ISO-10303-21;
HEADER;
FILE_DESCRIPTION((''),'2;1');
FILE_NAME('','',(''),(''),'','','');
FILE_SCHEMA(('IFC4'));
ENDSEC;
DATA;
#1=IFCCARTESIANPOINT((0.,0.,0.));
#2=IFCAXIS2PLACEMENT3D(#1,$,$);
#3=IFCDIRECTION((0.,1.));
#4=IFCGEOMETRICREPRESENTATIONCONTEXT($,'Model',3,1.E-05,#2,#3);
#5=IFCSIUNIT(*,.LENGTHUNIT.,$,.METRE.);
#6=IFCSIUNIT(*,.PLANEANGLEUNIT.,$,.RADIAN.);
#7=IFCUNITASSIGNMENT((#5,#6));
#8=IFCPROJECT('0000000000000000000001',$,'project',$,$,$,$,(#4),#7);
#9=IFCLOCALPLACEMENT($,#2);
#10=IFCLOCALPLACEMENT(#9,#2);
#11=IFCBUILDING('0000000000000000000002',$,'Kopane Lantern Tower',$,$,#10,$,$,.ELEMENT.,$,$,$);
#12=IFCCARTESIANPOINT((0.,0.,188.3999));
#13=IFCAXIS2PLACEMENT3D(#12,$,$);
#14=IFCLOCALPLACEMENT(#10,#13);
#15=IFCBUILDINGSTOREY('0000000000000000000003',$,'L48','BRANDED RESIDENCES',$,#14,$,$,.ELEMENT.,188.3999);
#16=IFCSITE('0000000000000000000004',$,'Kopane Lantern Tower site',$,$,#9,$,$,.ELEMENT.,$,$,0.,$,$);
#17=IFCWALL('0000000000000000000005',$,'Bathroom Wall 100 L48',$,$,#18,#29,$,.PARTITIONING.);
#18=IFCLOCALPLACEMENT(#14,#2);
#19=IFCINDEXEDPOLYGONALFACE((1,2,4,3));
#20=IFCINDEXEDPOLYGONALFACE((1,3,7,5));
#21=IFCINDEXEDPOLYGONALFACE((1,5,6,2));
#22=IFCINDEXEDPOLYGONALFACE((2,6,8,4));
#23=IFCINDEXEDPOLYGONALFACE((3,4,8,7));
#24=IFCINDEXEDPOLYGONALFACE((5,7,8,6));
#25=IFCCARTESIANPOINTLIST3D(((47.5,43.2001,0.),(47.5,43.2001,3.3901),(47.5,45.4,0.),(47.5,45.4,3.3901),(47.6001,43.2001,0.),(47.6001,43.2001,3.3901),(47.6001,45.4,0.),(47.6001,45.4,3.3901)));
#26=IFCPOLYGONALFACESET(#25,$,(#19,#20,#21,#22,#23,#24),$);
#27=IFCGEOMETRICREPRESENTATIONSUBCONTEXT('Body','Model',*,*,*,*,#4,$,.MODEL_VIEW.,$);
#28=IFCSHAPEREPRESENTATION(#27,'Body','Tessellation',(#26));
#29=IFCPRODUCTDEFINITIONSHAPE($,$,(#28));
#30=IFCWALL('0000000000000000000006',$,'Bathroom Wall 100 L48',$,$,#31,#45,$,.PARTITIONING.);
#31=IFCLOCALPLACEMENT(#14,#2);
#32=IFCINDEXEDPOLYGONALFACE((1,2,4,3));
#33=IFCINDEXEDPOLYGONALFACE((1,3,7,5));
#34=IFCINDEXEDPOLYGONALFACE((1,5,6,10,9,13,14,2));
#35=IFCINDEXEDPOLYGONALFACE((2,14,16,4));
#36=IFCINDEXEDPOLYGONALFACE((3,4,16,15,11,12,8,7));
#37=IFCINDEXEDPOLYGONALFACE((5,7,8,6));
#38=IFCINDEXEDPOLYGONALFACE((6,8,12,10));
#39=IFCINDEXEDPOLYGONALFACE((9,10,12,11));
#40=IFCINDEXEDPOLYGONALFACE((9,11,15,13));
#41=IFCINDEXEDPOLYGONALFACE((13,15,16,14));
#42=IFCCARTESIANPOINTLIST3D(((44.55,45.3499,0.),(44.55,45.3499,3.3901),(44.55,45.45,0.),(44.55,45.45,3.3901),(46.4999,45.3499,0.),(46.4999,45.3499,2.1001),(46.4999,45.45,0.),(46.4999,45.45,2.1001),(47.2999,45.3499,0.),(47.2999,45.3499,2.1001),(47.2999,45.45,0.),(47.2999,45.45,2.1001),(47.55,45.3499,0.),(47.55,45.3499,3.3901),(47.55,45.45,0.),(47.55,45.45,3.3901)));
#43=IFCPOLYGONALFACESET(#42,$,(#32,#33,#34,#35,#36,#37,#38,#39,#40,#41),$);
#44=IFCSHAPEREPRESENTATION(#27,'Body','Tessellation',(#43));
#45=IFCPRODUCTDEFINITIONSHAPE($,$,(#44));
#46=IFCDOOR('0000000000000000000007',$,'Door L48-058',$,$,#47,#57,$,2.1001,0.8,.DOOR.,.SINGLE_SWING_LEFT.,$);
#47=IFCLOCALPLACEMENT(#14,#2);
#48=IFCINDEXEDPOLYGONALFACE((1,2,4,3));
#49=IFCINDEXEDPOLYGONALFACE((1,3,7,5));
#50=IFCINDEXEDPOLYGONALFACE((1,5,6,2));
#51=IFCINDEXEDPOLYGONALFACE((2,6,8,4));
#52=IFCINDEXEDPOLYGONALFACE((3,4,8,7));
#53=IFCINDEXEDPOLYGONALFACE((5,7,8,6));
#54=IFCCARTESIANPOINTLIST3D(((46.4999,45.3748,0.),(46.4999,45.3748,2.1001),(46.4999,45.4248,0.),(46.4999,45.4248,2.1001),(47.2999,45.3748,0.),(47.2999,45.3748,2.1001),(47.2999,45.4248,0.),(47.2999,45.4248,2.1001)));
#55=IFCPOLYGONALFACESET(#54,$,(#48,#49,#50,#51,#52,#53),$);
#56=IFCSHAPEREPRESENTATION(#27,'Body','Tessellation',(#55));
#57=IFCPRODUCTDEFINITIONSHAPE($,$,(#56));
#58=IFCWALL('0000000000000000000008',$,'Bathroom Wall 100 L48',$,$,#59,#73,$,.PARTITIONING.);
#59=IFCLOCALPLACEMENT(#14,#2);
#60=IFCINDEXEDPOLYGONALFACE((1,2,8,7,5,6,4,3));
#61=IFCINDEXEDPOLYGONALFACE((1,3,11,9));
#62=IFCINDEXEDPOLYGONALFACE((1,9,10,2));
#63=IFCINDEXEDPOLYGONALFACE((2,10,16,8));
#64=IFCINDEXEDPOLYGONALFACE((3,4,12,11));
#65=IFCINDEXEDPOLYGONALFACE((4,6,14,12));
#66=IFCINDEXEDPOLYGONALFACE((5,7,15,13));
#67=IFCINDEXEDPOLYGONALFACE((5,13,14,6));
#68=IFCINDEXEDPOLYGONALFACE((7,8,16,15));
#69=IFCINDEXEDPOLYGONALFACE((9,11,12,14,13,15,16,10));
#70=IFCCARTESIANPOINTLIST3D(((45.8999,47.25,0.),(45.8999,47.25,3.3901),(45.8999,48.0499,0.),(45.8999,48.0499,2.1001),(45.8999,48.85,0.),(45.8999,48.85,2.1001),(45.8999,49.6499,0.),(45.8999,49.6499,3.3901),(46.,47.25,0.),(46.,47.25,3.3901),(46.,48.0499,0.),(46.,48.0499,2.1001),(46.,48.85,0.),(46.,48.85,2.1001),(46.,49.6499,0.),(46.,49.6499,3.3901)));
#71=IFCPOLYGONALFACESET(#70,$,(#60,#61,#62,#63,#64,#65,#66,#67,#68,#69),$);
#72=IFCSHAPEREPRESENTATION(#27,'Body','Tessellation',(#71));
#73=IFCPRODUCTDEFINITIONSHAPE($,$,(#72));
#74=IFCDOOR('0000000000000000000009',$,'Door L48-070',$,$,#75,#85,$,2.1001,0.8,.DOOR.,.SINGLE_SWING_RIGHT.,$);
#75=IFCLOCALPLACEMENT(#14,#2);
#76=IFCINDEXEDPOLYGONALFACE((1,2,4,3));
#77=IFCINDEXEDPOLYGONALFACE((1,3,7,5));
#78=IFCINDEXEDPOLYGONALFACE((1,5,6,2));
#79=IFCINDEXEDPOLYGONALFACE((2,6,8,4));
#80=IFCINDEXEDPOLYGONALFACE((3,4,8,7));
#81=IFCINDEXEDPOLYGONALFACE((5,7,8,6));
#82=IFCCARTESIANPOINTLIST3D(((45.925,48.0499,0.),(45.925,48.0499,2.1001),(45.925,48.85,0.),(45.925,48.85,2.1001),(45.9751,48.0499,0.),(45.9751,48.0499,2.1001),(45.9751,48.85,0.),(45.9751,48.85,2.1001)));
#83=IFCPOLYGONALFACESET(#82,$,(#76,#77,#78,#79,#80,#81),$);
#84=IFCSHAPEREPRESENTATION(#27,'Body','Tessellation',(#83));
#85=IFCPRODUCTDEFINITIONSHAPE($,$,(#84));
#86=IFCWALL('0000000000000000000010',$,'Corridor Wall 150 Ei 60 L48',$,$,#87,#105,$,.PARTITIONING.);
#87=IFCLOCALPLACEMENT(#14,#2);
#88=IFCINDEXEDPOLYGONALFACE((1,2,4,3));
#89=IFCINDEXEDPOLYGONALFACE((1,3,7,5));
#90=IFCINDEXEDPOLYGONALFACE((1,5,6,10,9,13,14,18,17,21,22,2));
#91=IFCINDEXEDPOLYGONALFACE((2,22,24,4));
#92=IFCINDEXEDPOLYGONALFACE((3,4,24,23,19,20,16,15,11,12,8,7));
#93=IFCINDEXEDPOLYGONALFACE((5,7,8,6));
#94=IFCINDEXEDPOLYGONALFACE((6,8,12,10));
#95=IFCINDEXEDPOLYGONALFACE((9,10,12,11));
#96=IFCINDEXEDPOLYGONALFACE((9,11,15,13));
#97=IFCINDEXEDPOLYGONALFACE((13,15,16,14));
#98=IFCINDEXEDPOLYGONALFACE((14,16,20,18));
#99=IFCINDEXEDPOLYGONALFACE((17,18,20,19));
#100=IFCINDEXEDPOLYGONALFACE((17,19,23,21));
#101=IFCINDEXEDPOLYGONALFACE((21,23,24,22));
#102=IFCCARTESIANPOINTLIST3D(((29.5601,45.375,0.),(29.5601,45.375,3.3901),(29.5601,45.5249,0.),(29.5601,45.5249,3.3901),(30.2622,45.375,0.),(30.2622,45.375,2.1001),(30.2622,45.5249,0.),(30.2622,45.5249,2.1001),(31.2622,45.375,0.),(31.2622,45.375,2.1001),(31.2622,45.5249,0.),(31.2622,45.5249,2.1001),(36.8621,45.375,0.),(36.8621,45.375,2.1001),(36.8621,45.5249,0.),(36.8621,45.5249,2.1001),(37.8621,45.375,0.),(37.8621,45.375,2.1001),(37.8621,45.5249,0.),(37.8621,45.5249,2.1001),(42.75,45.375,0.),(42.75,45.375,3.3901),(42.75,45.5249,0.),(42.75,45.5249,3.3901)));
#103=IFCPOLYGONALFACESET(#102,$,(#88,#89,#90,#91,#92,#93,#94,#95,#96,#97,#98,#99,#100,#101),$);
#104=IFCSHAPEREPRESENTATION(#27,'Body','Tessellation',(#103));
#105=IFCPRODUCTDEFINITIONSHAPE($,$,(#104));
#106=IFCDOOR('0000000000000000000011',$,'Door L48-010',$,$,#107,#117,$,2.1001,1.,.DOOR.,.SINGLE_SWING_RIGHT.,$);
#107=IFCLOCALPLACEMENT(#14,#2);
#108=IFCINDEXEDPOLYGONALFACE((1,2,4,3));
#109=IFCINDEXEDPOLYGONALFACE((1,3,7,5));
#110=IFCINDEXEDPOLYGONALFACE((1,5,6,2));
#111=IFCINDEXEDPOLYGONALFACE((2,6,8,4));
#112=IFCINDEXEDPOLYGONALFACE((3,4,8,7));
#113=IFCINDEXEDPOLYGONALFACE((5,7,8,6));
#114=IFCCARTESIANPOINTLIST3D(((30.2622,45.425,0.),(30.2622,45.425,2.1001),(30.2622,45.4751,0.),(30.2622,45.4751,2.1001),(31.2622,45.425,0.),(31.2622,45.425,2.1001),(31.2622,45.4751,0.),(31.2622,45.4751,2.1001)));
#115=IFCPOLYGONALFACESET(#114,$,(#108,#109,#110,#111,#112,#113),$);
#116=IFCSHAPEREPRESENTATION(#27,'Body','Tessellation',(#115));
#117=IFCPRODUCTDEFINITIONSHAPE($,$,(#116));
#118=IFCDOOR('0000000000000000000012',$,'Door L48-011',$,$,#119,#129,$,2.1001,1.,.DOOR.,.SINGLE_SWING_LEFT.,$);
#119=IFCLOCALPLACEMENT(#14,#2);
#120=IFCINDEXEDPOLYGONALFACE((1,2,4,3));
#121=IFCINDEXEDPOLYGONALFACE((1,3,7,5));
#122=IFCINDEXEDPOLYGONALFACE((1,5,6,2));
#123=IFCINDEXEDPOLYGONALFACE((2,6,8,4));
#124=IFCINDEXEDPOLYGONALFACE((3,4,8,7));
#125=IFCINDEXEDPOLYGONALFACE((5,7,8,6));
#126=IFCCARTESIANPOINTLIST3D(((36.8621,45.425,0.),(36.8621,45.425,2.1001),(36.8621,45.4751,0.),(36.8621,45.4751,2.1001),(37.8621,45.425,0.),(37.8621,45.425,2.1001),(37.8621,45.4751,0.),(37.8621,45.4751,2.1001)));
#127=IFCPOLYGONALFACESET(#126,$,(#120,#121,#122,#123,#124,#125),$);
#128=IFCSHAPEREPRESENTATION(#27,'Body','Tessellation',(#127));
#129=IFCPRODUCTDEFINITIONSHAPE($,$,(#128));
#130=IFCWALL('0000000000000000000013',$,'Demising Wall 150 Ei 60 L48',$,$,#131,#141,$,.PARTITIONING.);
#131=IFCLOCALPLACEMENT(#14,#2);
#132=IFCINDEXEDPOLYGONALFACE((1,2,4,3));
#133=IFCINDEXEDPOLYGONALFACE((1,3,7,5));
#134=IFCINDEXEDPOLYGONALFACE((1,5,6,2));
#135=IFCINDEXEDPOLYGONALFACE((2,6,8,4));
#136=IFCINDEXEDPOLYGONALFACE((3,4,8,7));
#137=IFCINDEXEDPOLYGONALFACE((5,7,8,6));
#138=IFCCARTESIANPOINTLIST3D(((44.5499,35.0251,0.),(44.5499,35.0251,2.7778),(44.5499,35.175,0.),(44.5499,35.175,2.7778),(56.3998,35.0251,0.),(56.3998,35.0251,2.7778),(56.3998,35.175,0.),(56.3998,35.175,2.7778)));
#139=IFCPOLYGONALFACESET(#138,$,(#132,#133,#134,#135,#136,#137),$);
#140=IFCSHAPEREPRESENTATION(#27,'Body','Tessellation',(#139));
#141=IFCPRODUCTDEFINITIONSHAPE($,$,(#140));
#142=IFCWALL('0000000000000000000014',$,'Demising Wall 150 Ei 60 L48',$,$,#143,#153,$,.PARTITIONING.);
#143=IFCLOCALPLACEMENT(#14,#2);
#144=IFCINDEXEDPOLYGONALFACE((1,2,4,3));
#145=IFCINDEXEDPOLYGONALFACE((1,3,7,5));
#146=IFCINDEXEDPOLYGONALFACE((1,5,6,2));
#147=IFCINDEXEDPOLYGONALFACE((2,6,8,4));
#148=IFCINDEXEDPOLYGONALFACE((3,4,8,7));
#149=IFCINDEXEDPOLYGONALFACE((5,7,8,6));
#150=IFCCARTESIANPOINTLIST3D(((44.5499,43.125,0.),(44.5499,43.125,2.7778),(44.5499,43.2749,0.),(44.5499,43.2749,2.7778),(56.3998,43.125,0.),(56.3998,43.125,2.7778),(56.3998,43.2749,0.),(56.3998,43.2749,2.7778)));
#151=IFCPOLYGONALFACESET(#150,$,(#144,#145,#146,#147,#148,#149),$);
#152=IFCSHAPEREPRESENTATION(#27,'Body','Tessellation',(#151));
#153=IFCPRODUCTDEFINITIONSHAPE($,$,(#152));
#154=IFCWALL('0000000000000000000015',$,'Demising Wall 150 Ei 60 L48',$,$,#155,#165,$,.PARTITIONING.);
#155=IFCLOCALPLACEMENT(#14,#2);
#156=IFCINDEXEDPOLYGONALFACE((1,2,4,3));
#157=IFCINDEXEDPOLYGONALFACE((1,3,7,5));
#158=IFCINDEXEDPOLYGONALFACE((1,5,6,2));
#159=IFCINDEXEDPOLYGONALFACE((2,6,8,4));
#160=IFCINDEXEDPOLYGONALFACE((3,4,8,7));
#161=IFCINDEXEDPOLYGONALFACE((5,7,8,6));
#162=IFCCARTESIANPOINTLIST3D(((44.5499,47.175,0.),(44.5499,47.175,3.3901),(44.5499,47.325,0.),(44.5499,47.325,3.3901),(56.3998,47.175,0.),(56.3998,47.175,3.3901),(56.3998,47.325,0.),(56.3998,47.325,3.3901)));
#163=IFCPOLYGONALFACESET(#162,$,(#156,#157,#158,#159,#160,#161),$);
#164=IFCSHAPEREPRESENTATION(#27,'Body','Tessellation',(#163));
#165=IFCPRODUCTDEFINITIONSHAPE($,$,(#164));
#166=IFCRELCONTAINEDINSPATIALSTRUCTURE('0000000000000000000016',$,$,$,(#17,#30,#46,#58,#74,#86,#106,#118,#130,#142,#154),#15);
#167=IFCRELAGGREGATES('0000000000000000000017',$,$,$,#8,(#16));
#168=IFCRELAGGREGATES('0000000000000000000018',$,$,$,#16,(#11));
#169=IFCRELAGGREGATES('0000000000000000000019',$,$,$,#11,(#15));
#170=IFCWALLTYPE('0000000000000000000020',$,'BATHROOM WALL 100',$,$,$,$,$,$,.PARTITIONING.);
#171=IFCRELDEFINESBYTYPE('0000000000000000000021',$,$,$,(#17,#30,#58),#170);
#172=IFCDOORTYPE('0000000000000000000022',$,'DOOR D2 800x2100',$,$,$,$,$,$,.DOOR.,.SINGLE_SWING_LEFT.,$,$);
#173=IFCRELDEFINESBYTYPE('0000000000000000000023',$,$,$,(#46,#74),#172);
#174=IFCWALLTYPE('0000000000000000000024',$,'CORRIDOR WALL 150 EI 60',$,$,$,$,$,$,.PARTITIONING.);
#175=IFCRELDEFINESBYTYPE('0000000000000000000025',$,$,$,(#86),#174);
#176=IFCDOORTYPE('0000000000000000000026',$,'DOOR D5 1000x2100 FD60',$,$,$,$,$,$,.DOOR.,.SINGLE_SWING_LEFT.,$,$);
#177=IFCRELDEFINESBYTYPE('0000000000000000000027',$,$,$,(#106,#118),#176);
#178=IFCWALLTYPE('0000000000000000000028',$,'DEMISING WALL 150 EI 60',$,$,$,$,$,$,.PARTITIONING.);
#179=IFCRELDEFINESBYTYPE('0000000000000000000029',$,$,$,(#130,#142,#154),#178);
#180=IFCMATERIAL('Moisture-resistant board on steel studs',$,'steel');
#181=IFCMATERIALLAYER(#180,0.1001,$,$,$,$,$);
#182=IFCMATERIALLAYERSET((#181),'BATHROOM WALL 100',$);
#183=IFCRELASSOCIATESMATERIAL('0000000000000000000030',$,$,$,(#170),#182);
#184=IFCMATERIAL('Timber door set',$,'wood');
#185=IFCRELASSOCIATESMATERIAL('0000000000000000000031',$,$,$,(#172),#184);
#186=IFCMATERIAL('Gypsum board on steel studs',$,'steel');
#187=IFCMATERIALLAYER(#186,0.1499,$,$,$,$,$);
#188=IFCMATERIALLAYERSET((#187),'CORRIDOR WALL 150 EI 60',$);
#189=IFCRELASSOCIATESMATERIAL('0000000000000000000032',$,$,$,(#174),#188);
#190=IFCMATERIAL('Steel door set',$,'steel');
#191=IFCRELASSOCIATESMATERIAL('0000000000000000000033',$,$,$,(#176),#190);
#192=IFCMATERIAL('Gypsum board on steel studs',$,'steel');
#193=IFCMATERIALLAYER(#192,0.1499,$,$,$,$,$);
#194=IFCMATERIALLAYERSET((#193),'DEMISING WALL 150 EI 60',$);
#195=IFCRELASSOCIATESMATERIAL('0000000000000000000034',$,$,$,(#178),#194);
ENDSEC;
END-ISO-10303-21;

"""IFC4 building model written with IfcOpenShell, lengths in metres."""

from ifc_helpers import new_model, si_unit, direction, frame, frame_2d, origin, place, context, subcontext, project, spatial, rectangle, extrude, material, layer, layer_set, type_object, element, fill, save


model = new_model("IFC4")

# Units and contexts
model_context = context("Model", 3, precision=1e-05, world=origin(), true_north=direction((0.0, 1.0)))
body_context = subcontext(model_context, "Body", "Model", "MODEL_VIEW")
ifc_project = project(units=[si_unit("LENGTHUNIT", "METRE"), si_unit("PLANEANGLEUNIT", "RADIAN")], contexts=[model_context])

# Site, building, storey
site_placement = place(None, origin())
site = spatial("IfcSite", under=ifc_project, at=site_placement, Name="Kopane Lantern Tower site", CompositionType="ELEMENT", RefElevation=0.0)
building_placement = place(site_placement, origin())
building = spatial("IfcBuilding", under=site, at=building_placement, Name="Kopane Lantern Tower", CompositionType="ELEMENT")
storey_placement = place(building_placement, frame((0.0, 0.0, 188.3999)))
storey = spatial("IfcBuildingStorey", under=building, at=storey_placement, Name="L48", Description="BRANDED RESIDENCES", CompositionType="ELEMENT", Elevation=188.3999)

# Shared definitions
ifc_material_1 = material(Name="Moisture-resistant board on steel studs", Category="steel")
ifc_layer_1 = layer(ifc_material_1, 0.1001)
ifc_layer_set_1 = layer_set([ifc_layer_1], Name="BATHROOM WALL 100")
wall_type_1 = type_object("IfcWallType", Name="BATHROOM WALL 100", PredefinedType="PARTITIONING", material=ifc_layer_set_1)
ifc_material_2 = material(Name="Timber door set", Category="wood")
door_type_1 = type_object("IfcDoorType", Name="DOOR D2 800x2100", OperationType="SINGLE_SWING_LEFT", PredefinedType="DOOR", material=ifc_material_2)

# Wall
wall_1_placement = place(storey_placement, frame((47.55, 43.2, 0.0), z_axis=(0.0, 0.0, 1.0), x_axis=(0.0, 1.0, 0.0)))
element("IfcWall", 1, at=wall_1_placement, inside=storey, type_object=wall_type_1, Name="Bathroom Wall 100 L48", PredefinedType="PARTITIONING", context=body_context, shape_type="SweptSolid", body=[
    extrude(rectangle(XDim=2.2, YDim=0.1001, at=frame_2d((1.1001, 0.0))), origin(), (0.0, 0.0, 1.0), 3.3901),
])

# Walls, openings, doors
wall_2_placement = place(storey_placement, frame((44.55, 45.3999, 0.0), z_axis=(0.0, 0.0, 1.0), x_axis=(1.0, 0.0, 0.0)))
wall_2 = element("IfcWall", 2, at=wall_2_placement, inside=storey, type_object=wall_type_1, Name="Bathroom Wall 100 L48", PredefinedType="PARTITIONING", context=body_context, shape_type="SweptSolid", body=[
    extrude(rectangle(XDim=3.0, YDim=0.1001, at=frame_2d((1.5, 0.0))), origin(), (0.0, 0.0, 1.0), 3.3901),
])
opening_1_placement = place(wall_2_placement, frame((1.95, 0.0, 0.0)))
opening_1 = element("IfcOpeningElement", 3, at=opening_1_placement, cuts=wall_2, PredefinedType="OPENING", context=body_context, shape_type="SweptSolid", body=[
    extrude(rectangle(XDim=0.8, YDim=2.1001, at=frame_2d((0.3999, 1.05))), frame((0.0, 0.0601, 0.0), z_axis=(0.0, -1.0, 0.0), x_axis=(1.0, 0.0, 0.0)), (0.0, 0.0, 1.0), 0.1201),
])
door_1_placement = place(opening_1_placement, origin())
door_1 = element("IfcDoor", 4, at=door_1_placement, inside=storey, type_object=door_type_1, Name="Door L48-058", OperationType="SINGLE_SWING_LEFT", OverallHeight=2.1001, OverallWidth=0.8, PredefinedType="DOOR", context=body_context, shape_type="SweptSolid", body=[
    extrude(rectangle(XDim=0.8, YDim=2.1001, at=frame_2d((0.3999, 1.05))), frame((0.0, 0.0249, 0.0), z_axis=(0.0, -1.0, 0.0), x_axis=(1.0, 0.0, 0.0)), (0.0, 0.0, 1.0), 0.05),
])
fill(opening_1, door_1)
wall_3_placement = place(storey_placement, frame((45.95, 47.25, 0.0), z_axis=(0.0, 0.0, 1.0), x_axis=(0.0, 1.0, 0.0)))
wall_3 = element("IfcWall", 5, at=wall_3_placement, inside=storey, type_object=wall_type_1, Name="Bathroom Wall 100 L48", PredefinedType="PARTITIONING", context=body_context, shape_type="SweptSolid", body=[
    extrude(rectangle(XDim=2.3999, YDim=0.1001, at=frame_2d((1.2, 0.0))), origin(), (0.0, 0.0, 1.0), 3.3901),
])
opening_2_placement = place(wall_3_placement, frame((0.8, 0.0, 0.0)))
opening_2 = element("IfcOpeningElement", 6, at=opening_2_placement, cuts=wall_3, PredefinedType="OPENING", context=body_context, shape_type="SweptSolid", body=[
    extrude(rectangle(XDim=0.8, YDim=2.1001, at=frame_2d((0.3999, 1.05))), frame((0.0, 0.0601, 0.0), z_axis=(0.0, -1.0, 0.0), x_axis=(1.0, 0.0, 0.0)), (0.0, 0.0, 1.0), 0.1201),
])
door_2_placement = place(opening_2_placement, origin())
door_2 = element("IfcDoor", 7, at=door_2_placement, inside=storey, type_object=door_type_1, Name="Door L48-070", OperationType="SINGLE_SWING_RIGHT", OverallHeight=2.1001, OverallWidth=0.8, PredefinedType="DOOR", context=body_context, shape_type="SweptSolid", body=[
    extrude(rectangle(XDim=0.8, YDim=2.1001, at=frame_2d((0.3999, 1.05))), frame((0.0, 0.0249, 0.0), z_axis=(0.0, -1.0, 0.0), x_axis=(1.0, 0.0, 0.0)), (0.0, 0.0, 1.0), 0.05),
])
fill(opening_2, door_2)

# Wall, openings, doors
ifc_material_3 = material(Name="Gypsum board on steel studs", Category="steel")
ifc_layer_2 = layer(ifc_material_3, 0.1499)
ifc_layer_set_2 = layer_set([ifc_layer_2], Name="CORRIDOR WALL 150 EI 60")
wall_type_2 = type_object("IfcWallType", Name="CORRIDOR WALL 150 EI 60", PredefinedType="PARTITIONING", material=ifc_layer_set_2)
wall_4_placement = place(storey_placement, frame((42.75, 45.45, 0.0), z_axis=(0.0, 0.0, 1.0), x_axis=(-1.0, 0.0, 0.0)))
wall_4 = element("IfcWall", 8, at=wall_4_placement, inside=storey, type_object=wall_type_2, Name="Corridor Wall 150 Ei 60 L48", PredefinedType="PARTITIONING", context=body_context, shape_type="SweptSolid", body=[
    extrude(rectangle(XDim=13.1899, YDim=0.1499, at=frame_2d((6.595, 0.0))), origin(), (0.0, 0.0, 1.0), 3.3901),
])
opening_3_placement = place(wall_4_placement, frame((11.4878, 0.0, 0.0)))
opening_3 = element("IfcOpeningElement", 9, at=opening_3_placement, cuts=wall_4, PredefinedType="OPENING", context=body_context, shape_type="SweptSolid", body=[
    extrude(rectangle(XDim=1.0, YDim=2.1001, at=frame_2d((0.5, 1.05))), frame((0.0, 0.085, 0.0), z_axis=(0.0, -1.0, 0.0), x_axis=(1.0, 0.0, 0.0)), (0.0, 0.0, 1.0), 0.1699),
])
opening_4_placement = place(wall_4_placement, frame((4.8879, 0.0, 0.0)))
opening_4 = element("IfcOpeningElement", 10, at=opening_4_placement, cuts=wall_4, PredefinedType="OPENING", context=body_context, shape_type="SweptSolid", body=[
    extrude(rectangle(XDim=1.0, YDim=2.1001, at=frame_2d((0.5, 1.05))), frame((0.0, 0.085, 0.0), z_axis=(0.0, -1.0, 0.0), x_axis=(1.0, 0.0, 0.0)), (0.0, 0.0, 1.0), 0.1699),
])
ifc_material_4 = material(Name="Steel door set", Category="steel")
door_type_2 = type_object("IfcDoorType", Name="DOOR D5 1000x2100 FD60", OperationType="SINGLE_SWING_LEFT", PredefinedType="DOOR", material=ifc_material_4)
door_3_placement = place(opening_3_placement, origin())
door_3 = element("IfcDoor", 11, at=door_3_placement, inside=storey, type_object=door_type_2, Name="Door L48-010", OperationType="SINGLE_SWING_RIGHT", OverallHeight=2.1001, OverallWidth=1.0, PredefinedType="DOOR", context=body_context, shape_type="SweptSolid", body=[
    extrude(rectangle(XDim=1.0, YDim=2.1001, at=frame_2d((0.5, 1.05))), frame((0.0, 0.0249, 0.0), z_axis=(0.0, -1.0, 0.0), x_axis=(1.0, 0.0, 0.0)), (0.0, 0.0, 1.0), 0.05),
])
fill(opening_3, door_3)
door_4_placement = place(opening_4_placement, origin())
door_4 = element("IfcDoor", 12, at=door_4_placement, inside=storey, type_object=door_type_2, Name="Door L48-011", OperationType="SINGLE_SWING_LEFT", OverallHeight=2.1001, OverallWidth=1.0, PredefinedType="DOOR", context=body_context, shape_type="SweptSolid", body=[
    extrude(rectangle(XDim=1.0, YDim=2.1001, at=frame_2d((0.5, 1.05))), frame((0.0, 0.0249, 0.0), z_axis=(0.0, -1.0, 0.0), x_axis=(1.0, 0.0, 0.0)), (0.0, 0.0, 1.0), 0.05),
])
fill(opening_4, door_4)

# Walls
ifc_material_5 = material(Name="Gypsum board on steel studs", Category="steel")
ifc_layer_3 = layer(ifc_material_5, 0.1499)
ifc_layer_set_3 = layer_set([ifc_layer_3], Name="DEMISING WALL 150 EI 60")
wall_type_3 = type_object("IfcWallType", Name="DEMISING WALL 150 EI 60", PredefinedType="PARTITIONING", material=ifc_layer_set_3)
for number, where, z_axis, x_axis, name in (
    (13, (44.55, 35.1001, 0.0), (0.0, 0.0, 1.0), (1.0, 0.0, 0.0), "Demising Wall 150 Ei 60 L48"),
    (14, (44.55, 43.2, 0.0), (0.0, 0.0, 1.0), (1.0, 0.0, 0.0), "Demising Wall 150 Ei 60 L48"),
):
    element("IfcWall", number, at=place(storey_placement, frame(where, z_axis=z_axis, x_axis=x_axis)), inside=storey, type_object=wall_type_3, Name=name, PredefinedType="PARTITIONING", context=body_context, shape_type="SweptSolid", body=[
        extrude(rectangle(XDim=11.8499, YDim=0.1499, at=frame_2d((5.9248, 0.0))), origin(), (0.0, 0.0, 1.0), 2.7778),
    ])
wall_5_placement = place(storey_placement, frame((44.55, 47.25, 0.0), z_axis=(0.0, 0.0, 1.0), x_axis=(1.0, 0.0, 0.0)))
element("IfcWall", 15, at=wall_5_placement, inside=storey, type_object=wall_type_3, Name="Demising Wall 150 Ei 60 L48", PredefinedType="PARTITIONING", context=body_context, shape_type="SweptSolid", body=[
    extrude(rectangle(XDim=11.8499, YDim=0.1499, at=frame_2d((5.9248, 0.0))), origin(), (0.0, 0.0, 1.0), 3.3901),
])

save(model, "model.ifc")
